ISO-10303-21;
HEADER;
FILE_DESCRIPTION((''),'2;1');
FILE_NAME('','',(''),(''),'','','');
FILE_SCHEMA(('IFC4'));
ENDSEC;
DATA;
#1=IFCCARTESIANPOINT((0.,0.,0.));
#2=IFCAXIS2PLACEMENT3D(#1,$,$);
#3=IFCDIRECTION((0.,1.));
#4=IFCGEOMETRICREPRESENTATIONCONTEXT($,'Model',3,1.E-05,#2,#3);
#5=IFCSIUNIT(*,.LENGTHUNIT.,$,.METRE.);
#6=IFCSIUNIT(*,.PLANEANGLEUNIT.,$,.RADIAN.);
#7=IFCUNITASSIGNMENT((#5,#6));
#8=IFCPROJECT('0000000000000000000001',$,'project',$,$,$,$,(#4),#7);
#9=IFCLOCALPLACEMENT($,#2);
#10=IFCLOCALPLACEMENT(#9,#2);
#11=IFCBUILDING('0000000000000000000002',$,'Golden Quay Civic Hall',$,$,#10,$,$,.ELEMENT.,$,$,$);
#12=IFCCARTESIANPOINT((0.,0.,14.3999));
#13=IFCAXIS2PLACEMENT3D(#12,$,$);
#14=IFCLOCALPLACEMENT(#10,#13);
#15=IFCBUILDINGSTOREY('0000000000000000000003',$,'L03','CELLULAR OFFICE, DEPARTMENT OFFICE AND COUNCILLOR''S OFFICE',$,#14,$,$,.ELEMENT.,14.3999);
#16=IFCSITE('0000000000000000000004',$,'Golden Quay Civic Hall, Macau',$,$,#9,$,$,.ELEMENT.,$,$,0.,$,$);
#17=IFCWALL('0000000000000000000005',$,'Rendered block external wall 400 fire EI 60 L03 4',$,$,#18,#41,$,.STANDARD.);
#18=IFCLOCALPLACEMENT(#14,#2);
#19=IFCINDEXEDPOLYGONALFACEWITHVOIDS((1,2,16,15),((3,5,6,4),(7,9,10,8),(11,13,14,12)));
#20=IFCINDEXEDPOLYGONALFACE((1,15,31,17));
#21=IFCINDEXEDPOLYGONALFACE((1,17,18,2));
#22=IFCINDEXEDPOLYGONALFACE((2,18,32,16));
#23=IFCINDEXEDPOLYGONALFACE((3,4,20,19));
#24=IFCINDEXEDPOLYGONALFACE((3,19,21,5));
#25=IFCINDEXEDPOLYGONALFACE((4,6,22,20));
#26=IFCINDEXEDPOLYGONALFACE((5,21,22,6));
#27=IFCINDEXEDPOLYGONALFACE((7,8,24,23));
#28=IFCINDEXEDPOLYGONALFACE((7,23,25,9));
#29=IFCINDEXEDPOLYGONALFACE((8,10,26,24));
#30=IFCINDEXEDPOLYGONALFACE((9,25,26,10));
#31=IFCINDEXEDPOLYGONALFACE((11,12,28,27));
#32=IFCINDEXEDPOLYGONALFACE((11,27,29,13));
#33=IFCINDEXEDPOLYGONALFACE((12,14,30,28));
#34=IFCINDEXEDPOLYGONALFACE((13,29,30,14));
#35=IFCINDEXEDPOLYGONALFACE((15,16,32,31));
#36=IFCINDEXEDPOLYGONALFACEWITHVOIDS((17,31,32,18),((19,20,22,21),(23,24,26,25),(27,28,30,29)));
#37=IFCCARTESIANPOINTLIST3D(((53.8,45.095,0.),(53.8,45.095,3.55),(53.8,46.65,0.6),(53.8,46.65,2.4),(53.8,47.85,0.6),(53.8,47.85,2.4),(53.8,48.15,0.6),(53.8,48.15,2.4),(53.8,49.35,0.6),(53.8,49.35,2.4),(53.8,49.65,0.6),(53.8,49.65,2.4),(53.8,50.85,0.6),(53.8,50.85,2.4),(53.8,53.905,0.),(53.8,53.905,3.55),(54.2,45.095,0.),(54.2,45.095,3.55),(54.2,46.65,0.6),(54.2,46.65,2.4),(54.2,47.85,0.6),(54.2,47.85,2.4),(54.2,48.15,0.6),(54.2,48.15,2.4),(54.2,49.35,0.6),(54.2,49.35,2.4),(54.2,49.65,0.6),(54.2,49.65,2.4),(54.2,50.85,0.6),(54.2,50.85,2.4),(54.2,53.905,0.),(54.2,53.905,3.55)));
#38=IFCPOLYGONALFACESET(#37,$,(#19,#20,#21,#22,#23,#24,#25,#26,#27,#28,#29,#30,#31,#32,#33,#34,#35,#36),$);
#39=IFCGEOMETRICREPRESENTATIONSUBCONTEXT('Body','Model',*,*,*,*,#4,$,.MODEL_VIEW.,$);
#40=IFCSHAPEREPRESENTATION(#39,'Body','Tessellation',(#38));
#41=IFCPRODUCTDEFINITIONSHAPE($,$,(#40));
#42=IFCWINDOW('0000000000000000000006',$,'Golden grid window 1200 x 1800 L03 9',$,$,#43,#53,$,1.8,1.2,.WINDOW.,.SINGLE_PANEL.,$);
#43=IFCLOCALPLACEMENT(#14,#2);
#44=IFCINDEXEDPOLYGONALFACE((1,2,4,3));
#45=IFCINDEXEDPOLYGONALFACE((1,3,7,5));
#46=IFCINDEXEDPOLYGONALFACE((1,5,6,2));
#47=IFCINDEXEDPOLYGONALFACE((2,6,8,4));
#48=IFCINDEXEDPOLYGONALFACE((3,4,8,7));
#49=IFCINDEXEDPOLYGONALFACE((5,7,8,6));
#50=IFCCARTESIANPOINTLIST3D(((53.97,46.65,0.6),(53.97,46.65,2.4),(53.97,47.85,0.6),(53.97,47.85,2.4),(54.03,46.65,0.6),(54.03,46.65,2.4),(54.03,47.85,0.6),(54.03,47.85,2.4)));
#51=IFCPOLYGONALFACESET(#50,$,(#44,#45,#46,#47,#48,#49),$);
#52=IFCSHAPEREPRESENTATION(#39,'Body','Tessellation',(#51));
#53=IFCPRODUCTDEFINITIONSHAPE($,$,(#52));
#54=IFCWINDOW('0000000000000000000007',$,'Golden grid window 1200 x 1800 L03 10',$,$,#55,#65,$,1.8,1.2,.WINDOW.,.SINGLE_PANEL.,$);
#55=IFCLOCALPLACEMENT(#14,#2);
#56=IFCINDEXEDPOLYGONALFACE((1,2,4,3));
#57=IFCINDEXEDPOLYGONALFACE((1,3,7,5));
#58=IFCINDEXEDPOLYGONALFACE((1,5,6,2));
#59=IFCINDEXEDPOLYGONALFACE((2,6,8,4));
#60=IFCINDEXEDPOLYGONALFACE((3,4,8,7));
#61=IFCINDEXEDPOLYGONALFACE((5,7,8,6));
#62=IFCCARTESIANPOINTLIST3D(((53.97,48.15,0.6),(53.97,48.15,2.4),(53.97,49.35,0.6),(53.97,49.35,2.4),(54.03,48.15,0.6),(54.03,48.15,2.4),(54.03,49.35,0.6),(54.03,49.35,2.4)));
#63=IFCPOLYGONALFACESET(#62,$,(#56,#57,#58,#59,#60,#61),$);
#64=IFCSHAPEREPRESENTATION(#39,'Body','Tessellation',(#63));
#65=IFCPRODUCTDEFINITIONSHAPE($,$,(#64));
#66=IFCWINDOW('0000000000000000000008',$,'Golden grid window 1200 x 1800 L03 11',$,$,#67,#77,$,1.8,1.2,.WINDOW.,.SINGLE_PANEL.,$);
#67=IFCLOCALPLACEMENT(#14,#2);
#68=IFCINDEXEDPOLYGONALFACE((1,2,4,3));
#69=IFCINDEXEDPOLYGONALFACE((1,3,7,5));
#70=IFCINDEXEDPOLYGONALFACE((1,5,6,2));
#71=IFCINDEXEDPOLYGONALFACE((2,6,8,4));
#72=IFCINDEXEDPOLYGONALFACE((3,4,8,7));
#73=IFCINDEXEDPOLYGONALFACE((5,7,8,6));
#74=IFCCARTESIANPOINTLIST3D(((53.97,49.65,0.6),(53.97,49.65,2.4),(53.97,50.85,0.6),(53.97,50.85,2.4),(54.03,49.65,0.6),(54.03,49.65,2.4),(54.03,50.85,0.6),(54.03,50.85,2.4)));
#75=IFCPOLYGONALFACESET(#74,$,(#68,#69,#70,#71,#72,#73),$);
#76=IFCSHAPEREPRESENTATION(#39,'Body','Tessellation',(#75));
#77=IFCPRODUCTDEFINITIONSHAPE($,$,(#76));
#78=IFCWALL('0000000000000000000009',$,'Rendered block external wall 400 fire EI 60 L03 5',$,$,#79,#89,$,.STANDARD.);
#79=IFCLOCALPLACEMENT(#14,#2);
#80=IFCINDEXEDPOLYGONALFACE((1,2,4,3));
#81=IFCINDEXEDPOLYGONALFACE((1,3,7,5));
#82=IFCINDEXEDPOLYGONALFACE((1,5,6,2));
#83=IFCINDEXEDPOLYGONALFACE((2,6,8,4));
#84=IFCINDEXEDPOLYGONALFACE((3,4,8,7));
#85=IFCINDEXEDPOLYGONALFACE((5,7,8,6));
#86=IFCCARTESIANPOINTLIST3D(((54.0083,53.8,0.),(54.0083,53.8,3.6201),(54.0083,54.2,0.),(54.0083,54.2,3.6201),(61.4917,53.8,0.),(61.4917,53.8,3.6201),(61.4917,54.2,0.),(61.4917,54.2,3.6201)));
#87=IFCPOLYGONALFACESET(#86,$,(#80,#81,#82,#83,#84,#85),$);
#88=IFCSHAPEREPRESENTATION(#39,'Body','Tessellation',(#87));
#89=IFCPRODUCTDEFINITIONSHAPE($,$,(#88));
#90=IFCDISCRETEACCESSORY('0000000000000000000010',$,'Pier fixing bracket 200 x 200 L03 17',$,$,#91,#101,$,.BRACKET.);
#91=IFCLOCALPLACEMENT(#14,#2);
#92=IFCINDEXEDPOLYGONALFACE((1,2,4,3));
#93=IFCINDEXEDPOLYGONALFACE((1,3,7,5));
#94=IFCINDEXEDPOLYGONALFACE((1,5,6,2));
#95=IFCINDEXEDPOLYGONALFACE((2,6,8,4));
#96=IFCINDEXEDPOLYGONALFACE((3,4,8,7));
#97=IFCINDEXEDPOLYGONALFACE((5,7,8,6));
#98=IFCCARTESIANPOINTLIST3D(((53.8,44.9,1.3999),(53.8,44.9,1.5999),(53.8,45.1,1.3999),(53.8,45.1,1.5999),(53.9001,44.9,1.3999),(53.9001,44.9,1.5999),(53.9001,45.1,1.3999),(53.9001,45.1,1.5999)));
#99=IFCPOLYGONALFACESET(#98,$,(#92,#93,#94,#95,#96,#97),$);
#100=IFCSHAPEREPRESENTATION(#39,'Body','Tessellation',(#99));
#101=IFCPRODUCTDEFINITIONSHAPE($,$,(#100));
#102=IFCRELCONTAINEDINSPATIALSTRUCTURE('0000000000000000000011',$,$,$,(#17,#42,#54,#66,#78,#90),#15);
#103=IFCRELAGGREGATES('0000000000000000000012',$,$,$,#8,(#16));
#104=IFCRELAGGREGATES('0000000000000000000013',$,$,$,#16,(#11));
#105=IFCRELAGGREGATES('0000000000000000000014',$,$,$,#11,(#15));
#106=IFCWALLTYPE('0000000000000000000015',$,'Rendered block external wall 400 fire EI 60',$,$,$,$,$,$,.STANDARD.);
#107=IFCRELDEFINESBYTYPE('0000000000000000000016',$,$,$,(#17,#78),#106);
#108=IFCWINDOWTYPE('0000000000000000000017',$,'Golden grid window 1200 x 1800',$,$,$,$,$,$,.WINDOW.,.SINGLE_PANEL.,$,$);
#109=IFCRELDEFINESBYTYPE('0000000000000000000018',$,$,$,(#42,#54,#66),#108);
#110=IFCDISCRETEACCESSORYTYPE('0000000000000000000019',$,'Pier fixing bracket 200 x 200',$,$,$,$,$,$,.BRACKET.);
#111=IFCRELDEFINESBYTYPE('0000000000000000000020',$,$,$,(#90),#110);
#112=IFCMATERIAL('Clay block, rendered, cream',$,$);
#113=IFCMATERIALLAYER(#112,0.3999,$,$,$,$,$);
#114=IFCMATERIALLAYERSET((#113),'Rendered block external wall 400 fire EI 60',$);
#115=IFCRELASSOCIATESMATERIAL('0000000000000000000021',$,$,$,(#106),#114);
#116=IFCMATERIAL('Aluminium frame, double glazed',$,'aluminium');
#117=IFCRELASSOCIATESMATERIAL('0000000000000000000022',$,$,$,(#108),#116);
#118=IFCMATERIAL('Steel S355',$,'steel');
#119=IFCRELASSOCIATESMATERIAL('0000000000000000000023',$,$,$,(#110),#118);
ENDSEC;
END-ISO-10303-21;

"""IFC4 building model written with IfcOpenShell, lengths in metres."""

from ifc_helpers import new_model, si_unit, direction, frame, frame_2d, origin, origin_2d, place, context, subcontext, project, spatial, rectangle, extrude, material, layer, layer_set, type_object, element, fill, save


model = new_model("IFC4")

# Units and contexts
model_context = context("Model", 3, precision=1e-05, world=origin(), true_north=direction((0.0, 1.0)))
body_context = subcontext(model_context, "Body", "Model", "MODEL_VIEW")
ifc_project = project(units=[si_unit("LENGTHUNIT", "METRE"), si_unit("PLANEANGLEUNIT", "RADIAN")], contexts=[model_context])

# Site, building, storey
site_placement = place(None, origin())
site = spatial("IfcSite", under=ifc_project, at=site_placement, Name="Golden Quay Civic Hall, Macau", CompositionType="ELEMENT", RefElevation=0.0)
building_placement = place(site_placement, origin())
building = spatial("IfcBuilding", under=site, at=building_placement, Name="Golden Quay Civic Hall", CompositionType="ELEMENT")
storey_placement = place(building_placement, frame((0.0, 0.0, 14.3999)))
storey = spatial("IfcBuildingStorey", under=building, at=storey_placement, Name="L03", Description="CELLULAR OFFICE, DEPARTMENT OFFICE AND COUNCILLOR'S OFFICE", CompositionType="ELEMENT", Elevation=14.3999)

# Wall, openings, windows
ifc_material_1 = material(Name="Clay block, rendered, cream")
ifc_layer_1 = layer(ifc_material_1, 0.3999)
ifc_layer_set_1 = layer_set([ifc_layer_1], Name="Rendered block external wall 400 fire EI 60")
wall_type_1 = type_object("IfcWallType", Name="Rendered block external wall 400 fire EI 60", PredefinedType="STANDARD", material=ifc_layer_set_1)
wall_1_placement = place(storey_placement, frame((54.0, 45.095, 0.0), z_axis=(0.0, 0.0, 1.0), x_axis=(0.0, 1.0, 0.0)))
wall_1 = element("IfcWall", 1, at=wall_1_placement, inside=storey, type_object=wall_type_1, Name="Rendered block external wall 400 fire EI 60 L03 4", PredefinedType="STANDARD", context=body_context, shape_type="SweptSolid", body=[
    extrude(rectangle(XDim=8.8101, YDim=0.3999, at=frame_2d((4.405, 0.0))), origin(), (0.0, 0.0, 1.0), 3.55),
])
opening_1_placement = place(wall_1_placement, frame((1.5549, 0.0, 0.6001)))
opening_1 = element("IfcOpeningElement", 2, at=opening_1_placement, cuts=wall_1, PredefinedType="OPENING", context=body_context, shape_type="SweptSolid", body=[
    extrude(rectangle(XDim=1.2, YDim=1.8, at=frame_2d((0.6001, 0.8999))), frame((0.0, 0.21, 0.0), z_axis=(0.0, -1.0, 0.0), x_axis=(1.0, 0.0, 0.0)), (0.0, 0.0, 1.0), 0.4199),
])
opening_2_placement = place(wall_1_placement, frame((3.0549, 0.0, 0.6001)))
opening_2 = element("IfcOpeningElement", 3, at=opening_2_placement, cuts=wall_1, PredefinedType="OPENING", context=body_context, shape_type="SweptSolid", body=[
    extrude(rectangle(XDim=1.2, YDim=1.8, at=frame_2d((0.6001, 0.8999))), frame((0.0, 0.21, 0.0), z_axis=(0.0, -1.0, 0.0), x_axis=(1.0, 0.0, 0.0)), (0.0, 0.0, 1.0), 0.4199),
])
opening_3_placement = place(wall_1_placement, frame((4.5549, 0.0, 0.6001)))
opening_3 = element("IfcOpeningElement", 4, at=opening_3_placement, cuts=wall_1, PredefinedType="OPENING", context=body_context, shape_type="SweptSolid", body=[
    extrude(rectangle(XDim=1.2, YDim=1.8, at=frame_2d((0.6001, 0.8999))), frame((0.0, 0.21, 0.0), z_axis=(0.0, -1.0, 0.0), x_axis=(1.0, 0.0, 0.0)), (0.0, 0.0, 1.0), 0.4199),
])
ifc_material_2 = material(Name="Aluminium frame, double glazed", Category="aluminium")
window_type_1 = type_object("IfcWindowType", Name="Golden grid window 1200 x 1800", PartitioningType="SINGLE_PANEL", PredefinedType="WINDOW", material=ifc_material_2)
window_1_placement = place(opening_1_placement, origin())
window_1 = element("IfcWindow", 5, at=window_1_placement, inside=storey, type_object=window_type_1, Name="Golden grid window 1200 x 1800 L03 9", OverallHeight=1.8, OverallWidth=1.2, PartitioningType="SINGLE_PANEL", PredefinedType="WINDOW", context=body_context, shape_type="SweptSolid", body=[
    extrude(rectangle(XDim=1.2, YDim=1.8, at=frame_2d((0.6001, 0.8999))), frame((0.0, 0.03, 0.0), z_axis=(0.0, -1.0, 0.0), x_axis=(1.0, 0.0, 0.0)), (0.0, 0.0, 1.0), 0.0601),
])
fill(opening_1, window_1)
window_2_placement = place(opening_2_placement, origin())
window_2 = element("IfcWindow", 6, at=window_2_placement, inside=storey, type_object=window_type_1, Name="Golden grid window 1200 x 1800 L03 10", OverallHeight=1.8, OverallWidth=1.2, PartitioningType="SINGLE_PANEL", PredefinedType="WINDOW", context=body_context, shape_type="SweptSolid", body=[
    extrude(rectangle(XDim=1.2, YDim=1.8, at=frame_2d((0.6001, 0.8999))), frame((0.0, 0.03, 0.0), z_axis=(0.0, -1.0, 0.0), x_axis=(1.0, 0.0, 0.0)), (0.0, 0.0, 1.0), 0.0601),
])
fill(opening_2, window_2)
window_3_placement = place(opening_3_placement, origin())
window_3 = element("IfcWindow", 7, at=window_3_placement, inside=storey, type_object=window_type_1, Name="Golden grid window 1200 x 1800 L03 11", OverallHeight=1.8, OverallWidth=1.2, PartitioningType="SINGLE_PANEL", PredefinedType="WINDOW", context=body_context, shape_type="SweptSolid", body=[
    extrude(rectangle(XDim=1.2, YDim=1.8, at=frame_2d((0.6001, 0.8999))), frame((0.0, 0.03, 0.0), z_axis=(0.0, -1.0, 0.0), x_axis=(1.0, 0.0, 0.0)), (0.0, 0.0, 1.0), 0.0601),
])
fill(opening_3, window_3)

# Wall
wall_2_placement = place(storey_placement, frame((54.0083, 54.0, 0.0), z_axis=(0.0, 0.0, 1.0), x_axis=(1.0, 0.0, 0.0)))
element("IfcWall", 8, at=wall_2_placement, inside=storey, type_object=wall_type_1, Name="Rendered block external wall 400 fire EI 60 L03 5", PredefinedType="STANDARD", context=body_context, shape_type="SweptSolid", body=[
    extrude(rectangle(XDim=7.4834, YDim=0.3999, at=frame_2d((3.7417, 0.0))), origin(), (0.0, 0.0, 1.0), 3.6201),
])

# Discrete accessory
ifc_material_3 = material(Name="Steel S355", Category="steel")
discrete_accessory_type = type_object("IfcDiscreteAccessoryType", Name="Pier fixing bracket 200 x 200", PredefinedType="BRACKET", material=ifc_material_3)
discrete_accessory_placement = place(storey_placement, frame((53.8501, 45.0, 1.3999), z_axis=(0.0, 0.0, 1.0), x_axis=(0.0, -1.0, 0.0)))
element("IfcDiscreteAccessory", 9, at=discrete_accessory_placement, inside=storey, type_object=discrete_accessory_type, Name="Pier fixing bracket 200 x 200 L03 17", PredefinedType="BRACKET", context=body_context, shape_type="SweptSolid", body=[
    extrude(rectangle(XDim=0.2, YDim=0.1001, at=origin_2d()), origin(), (0.0, 0.0, 1.0), 0.2),
])

save(model, "model.ifc")
